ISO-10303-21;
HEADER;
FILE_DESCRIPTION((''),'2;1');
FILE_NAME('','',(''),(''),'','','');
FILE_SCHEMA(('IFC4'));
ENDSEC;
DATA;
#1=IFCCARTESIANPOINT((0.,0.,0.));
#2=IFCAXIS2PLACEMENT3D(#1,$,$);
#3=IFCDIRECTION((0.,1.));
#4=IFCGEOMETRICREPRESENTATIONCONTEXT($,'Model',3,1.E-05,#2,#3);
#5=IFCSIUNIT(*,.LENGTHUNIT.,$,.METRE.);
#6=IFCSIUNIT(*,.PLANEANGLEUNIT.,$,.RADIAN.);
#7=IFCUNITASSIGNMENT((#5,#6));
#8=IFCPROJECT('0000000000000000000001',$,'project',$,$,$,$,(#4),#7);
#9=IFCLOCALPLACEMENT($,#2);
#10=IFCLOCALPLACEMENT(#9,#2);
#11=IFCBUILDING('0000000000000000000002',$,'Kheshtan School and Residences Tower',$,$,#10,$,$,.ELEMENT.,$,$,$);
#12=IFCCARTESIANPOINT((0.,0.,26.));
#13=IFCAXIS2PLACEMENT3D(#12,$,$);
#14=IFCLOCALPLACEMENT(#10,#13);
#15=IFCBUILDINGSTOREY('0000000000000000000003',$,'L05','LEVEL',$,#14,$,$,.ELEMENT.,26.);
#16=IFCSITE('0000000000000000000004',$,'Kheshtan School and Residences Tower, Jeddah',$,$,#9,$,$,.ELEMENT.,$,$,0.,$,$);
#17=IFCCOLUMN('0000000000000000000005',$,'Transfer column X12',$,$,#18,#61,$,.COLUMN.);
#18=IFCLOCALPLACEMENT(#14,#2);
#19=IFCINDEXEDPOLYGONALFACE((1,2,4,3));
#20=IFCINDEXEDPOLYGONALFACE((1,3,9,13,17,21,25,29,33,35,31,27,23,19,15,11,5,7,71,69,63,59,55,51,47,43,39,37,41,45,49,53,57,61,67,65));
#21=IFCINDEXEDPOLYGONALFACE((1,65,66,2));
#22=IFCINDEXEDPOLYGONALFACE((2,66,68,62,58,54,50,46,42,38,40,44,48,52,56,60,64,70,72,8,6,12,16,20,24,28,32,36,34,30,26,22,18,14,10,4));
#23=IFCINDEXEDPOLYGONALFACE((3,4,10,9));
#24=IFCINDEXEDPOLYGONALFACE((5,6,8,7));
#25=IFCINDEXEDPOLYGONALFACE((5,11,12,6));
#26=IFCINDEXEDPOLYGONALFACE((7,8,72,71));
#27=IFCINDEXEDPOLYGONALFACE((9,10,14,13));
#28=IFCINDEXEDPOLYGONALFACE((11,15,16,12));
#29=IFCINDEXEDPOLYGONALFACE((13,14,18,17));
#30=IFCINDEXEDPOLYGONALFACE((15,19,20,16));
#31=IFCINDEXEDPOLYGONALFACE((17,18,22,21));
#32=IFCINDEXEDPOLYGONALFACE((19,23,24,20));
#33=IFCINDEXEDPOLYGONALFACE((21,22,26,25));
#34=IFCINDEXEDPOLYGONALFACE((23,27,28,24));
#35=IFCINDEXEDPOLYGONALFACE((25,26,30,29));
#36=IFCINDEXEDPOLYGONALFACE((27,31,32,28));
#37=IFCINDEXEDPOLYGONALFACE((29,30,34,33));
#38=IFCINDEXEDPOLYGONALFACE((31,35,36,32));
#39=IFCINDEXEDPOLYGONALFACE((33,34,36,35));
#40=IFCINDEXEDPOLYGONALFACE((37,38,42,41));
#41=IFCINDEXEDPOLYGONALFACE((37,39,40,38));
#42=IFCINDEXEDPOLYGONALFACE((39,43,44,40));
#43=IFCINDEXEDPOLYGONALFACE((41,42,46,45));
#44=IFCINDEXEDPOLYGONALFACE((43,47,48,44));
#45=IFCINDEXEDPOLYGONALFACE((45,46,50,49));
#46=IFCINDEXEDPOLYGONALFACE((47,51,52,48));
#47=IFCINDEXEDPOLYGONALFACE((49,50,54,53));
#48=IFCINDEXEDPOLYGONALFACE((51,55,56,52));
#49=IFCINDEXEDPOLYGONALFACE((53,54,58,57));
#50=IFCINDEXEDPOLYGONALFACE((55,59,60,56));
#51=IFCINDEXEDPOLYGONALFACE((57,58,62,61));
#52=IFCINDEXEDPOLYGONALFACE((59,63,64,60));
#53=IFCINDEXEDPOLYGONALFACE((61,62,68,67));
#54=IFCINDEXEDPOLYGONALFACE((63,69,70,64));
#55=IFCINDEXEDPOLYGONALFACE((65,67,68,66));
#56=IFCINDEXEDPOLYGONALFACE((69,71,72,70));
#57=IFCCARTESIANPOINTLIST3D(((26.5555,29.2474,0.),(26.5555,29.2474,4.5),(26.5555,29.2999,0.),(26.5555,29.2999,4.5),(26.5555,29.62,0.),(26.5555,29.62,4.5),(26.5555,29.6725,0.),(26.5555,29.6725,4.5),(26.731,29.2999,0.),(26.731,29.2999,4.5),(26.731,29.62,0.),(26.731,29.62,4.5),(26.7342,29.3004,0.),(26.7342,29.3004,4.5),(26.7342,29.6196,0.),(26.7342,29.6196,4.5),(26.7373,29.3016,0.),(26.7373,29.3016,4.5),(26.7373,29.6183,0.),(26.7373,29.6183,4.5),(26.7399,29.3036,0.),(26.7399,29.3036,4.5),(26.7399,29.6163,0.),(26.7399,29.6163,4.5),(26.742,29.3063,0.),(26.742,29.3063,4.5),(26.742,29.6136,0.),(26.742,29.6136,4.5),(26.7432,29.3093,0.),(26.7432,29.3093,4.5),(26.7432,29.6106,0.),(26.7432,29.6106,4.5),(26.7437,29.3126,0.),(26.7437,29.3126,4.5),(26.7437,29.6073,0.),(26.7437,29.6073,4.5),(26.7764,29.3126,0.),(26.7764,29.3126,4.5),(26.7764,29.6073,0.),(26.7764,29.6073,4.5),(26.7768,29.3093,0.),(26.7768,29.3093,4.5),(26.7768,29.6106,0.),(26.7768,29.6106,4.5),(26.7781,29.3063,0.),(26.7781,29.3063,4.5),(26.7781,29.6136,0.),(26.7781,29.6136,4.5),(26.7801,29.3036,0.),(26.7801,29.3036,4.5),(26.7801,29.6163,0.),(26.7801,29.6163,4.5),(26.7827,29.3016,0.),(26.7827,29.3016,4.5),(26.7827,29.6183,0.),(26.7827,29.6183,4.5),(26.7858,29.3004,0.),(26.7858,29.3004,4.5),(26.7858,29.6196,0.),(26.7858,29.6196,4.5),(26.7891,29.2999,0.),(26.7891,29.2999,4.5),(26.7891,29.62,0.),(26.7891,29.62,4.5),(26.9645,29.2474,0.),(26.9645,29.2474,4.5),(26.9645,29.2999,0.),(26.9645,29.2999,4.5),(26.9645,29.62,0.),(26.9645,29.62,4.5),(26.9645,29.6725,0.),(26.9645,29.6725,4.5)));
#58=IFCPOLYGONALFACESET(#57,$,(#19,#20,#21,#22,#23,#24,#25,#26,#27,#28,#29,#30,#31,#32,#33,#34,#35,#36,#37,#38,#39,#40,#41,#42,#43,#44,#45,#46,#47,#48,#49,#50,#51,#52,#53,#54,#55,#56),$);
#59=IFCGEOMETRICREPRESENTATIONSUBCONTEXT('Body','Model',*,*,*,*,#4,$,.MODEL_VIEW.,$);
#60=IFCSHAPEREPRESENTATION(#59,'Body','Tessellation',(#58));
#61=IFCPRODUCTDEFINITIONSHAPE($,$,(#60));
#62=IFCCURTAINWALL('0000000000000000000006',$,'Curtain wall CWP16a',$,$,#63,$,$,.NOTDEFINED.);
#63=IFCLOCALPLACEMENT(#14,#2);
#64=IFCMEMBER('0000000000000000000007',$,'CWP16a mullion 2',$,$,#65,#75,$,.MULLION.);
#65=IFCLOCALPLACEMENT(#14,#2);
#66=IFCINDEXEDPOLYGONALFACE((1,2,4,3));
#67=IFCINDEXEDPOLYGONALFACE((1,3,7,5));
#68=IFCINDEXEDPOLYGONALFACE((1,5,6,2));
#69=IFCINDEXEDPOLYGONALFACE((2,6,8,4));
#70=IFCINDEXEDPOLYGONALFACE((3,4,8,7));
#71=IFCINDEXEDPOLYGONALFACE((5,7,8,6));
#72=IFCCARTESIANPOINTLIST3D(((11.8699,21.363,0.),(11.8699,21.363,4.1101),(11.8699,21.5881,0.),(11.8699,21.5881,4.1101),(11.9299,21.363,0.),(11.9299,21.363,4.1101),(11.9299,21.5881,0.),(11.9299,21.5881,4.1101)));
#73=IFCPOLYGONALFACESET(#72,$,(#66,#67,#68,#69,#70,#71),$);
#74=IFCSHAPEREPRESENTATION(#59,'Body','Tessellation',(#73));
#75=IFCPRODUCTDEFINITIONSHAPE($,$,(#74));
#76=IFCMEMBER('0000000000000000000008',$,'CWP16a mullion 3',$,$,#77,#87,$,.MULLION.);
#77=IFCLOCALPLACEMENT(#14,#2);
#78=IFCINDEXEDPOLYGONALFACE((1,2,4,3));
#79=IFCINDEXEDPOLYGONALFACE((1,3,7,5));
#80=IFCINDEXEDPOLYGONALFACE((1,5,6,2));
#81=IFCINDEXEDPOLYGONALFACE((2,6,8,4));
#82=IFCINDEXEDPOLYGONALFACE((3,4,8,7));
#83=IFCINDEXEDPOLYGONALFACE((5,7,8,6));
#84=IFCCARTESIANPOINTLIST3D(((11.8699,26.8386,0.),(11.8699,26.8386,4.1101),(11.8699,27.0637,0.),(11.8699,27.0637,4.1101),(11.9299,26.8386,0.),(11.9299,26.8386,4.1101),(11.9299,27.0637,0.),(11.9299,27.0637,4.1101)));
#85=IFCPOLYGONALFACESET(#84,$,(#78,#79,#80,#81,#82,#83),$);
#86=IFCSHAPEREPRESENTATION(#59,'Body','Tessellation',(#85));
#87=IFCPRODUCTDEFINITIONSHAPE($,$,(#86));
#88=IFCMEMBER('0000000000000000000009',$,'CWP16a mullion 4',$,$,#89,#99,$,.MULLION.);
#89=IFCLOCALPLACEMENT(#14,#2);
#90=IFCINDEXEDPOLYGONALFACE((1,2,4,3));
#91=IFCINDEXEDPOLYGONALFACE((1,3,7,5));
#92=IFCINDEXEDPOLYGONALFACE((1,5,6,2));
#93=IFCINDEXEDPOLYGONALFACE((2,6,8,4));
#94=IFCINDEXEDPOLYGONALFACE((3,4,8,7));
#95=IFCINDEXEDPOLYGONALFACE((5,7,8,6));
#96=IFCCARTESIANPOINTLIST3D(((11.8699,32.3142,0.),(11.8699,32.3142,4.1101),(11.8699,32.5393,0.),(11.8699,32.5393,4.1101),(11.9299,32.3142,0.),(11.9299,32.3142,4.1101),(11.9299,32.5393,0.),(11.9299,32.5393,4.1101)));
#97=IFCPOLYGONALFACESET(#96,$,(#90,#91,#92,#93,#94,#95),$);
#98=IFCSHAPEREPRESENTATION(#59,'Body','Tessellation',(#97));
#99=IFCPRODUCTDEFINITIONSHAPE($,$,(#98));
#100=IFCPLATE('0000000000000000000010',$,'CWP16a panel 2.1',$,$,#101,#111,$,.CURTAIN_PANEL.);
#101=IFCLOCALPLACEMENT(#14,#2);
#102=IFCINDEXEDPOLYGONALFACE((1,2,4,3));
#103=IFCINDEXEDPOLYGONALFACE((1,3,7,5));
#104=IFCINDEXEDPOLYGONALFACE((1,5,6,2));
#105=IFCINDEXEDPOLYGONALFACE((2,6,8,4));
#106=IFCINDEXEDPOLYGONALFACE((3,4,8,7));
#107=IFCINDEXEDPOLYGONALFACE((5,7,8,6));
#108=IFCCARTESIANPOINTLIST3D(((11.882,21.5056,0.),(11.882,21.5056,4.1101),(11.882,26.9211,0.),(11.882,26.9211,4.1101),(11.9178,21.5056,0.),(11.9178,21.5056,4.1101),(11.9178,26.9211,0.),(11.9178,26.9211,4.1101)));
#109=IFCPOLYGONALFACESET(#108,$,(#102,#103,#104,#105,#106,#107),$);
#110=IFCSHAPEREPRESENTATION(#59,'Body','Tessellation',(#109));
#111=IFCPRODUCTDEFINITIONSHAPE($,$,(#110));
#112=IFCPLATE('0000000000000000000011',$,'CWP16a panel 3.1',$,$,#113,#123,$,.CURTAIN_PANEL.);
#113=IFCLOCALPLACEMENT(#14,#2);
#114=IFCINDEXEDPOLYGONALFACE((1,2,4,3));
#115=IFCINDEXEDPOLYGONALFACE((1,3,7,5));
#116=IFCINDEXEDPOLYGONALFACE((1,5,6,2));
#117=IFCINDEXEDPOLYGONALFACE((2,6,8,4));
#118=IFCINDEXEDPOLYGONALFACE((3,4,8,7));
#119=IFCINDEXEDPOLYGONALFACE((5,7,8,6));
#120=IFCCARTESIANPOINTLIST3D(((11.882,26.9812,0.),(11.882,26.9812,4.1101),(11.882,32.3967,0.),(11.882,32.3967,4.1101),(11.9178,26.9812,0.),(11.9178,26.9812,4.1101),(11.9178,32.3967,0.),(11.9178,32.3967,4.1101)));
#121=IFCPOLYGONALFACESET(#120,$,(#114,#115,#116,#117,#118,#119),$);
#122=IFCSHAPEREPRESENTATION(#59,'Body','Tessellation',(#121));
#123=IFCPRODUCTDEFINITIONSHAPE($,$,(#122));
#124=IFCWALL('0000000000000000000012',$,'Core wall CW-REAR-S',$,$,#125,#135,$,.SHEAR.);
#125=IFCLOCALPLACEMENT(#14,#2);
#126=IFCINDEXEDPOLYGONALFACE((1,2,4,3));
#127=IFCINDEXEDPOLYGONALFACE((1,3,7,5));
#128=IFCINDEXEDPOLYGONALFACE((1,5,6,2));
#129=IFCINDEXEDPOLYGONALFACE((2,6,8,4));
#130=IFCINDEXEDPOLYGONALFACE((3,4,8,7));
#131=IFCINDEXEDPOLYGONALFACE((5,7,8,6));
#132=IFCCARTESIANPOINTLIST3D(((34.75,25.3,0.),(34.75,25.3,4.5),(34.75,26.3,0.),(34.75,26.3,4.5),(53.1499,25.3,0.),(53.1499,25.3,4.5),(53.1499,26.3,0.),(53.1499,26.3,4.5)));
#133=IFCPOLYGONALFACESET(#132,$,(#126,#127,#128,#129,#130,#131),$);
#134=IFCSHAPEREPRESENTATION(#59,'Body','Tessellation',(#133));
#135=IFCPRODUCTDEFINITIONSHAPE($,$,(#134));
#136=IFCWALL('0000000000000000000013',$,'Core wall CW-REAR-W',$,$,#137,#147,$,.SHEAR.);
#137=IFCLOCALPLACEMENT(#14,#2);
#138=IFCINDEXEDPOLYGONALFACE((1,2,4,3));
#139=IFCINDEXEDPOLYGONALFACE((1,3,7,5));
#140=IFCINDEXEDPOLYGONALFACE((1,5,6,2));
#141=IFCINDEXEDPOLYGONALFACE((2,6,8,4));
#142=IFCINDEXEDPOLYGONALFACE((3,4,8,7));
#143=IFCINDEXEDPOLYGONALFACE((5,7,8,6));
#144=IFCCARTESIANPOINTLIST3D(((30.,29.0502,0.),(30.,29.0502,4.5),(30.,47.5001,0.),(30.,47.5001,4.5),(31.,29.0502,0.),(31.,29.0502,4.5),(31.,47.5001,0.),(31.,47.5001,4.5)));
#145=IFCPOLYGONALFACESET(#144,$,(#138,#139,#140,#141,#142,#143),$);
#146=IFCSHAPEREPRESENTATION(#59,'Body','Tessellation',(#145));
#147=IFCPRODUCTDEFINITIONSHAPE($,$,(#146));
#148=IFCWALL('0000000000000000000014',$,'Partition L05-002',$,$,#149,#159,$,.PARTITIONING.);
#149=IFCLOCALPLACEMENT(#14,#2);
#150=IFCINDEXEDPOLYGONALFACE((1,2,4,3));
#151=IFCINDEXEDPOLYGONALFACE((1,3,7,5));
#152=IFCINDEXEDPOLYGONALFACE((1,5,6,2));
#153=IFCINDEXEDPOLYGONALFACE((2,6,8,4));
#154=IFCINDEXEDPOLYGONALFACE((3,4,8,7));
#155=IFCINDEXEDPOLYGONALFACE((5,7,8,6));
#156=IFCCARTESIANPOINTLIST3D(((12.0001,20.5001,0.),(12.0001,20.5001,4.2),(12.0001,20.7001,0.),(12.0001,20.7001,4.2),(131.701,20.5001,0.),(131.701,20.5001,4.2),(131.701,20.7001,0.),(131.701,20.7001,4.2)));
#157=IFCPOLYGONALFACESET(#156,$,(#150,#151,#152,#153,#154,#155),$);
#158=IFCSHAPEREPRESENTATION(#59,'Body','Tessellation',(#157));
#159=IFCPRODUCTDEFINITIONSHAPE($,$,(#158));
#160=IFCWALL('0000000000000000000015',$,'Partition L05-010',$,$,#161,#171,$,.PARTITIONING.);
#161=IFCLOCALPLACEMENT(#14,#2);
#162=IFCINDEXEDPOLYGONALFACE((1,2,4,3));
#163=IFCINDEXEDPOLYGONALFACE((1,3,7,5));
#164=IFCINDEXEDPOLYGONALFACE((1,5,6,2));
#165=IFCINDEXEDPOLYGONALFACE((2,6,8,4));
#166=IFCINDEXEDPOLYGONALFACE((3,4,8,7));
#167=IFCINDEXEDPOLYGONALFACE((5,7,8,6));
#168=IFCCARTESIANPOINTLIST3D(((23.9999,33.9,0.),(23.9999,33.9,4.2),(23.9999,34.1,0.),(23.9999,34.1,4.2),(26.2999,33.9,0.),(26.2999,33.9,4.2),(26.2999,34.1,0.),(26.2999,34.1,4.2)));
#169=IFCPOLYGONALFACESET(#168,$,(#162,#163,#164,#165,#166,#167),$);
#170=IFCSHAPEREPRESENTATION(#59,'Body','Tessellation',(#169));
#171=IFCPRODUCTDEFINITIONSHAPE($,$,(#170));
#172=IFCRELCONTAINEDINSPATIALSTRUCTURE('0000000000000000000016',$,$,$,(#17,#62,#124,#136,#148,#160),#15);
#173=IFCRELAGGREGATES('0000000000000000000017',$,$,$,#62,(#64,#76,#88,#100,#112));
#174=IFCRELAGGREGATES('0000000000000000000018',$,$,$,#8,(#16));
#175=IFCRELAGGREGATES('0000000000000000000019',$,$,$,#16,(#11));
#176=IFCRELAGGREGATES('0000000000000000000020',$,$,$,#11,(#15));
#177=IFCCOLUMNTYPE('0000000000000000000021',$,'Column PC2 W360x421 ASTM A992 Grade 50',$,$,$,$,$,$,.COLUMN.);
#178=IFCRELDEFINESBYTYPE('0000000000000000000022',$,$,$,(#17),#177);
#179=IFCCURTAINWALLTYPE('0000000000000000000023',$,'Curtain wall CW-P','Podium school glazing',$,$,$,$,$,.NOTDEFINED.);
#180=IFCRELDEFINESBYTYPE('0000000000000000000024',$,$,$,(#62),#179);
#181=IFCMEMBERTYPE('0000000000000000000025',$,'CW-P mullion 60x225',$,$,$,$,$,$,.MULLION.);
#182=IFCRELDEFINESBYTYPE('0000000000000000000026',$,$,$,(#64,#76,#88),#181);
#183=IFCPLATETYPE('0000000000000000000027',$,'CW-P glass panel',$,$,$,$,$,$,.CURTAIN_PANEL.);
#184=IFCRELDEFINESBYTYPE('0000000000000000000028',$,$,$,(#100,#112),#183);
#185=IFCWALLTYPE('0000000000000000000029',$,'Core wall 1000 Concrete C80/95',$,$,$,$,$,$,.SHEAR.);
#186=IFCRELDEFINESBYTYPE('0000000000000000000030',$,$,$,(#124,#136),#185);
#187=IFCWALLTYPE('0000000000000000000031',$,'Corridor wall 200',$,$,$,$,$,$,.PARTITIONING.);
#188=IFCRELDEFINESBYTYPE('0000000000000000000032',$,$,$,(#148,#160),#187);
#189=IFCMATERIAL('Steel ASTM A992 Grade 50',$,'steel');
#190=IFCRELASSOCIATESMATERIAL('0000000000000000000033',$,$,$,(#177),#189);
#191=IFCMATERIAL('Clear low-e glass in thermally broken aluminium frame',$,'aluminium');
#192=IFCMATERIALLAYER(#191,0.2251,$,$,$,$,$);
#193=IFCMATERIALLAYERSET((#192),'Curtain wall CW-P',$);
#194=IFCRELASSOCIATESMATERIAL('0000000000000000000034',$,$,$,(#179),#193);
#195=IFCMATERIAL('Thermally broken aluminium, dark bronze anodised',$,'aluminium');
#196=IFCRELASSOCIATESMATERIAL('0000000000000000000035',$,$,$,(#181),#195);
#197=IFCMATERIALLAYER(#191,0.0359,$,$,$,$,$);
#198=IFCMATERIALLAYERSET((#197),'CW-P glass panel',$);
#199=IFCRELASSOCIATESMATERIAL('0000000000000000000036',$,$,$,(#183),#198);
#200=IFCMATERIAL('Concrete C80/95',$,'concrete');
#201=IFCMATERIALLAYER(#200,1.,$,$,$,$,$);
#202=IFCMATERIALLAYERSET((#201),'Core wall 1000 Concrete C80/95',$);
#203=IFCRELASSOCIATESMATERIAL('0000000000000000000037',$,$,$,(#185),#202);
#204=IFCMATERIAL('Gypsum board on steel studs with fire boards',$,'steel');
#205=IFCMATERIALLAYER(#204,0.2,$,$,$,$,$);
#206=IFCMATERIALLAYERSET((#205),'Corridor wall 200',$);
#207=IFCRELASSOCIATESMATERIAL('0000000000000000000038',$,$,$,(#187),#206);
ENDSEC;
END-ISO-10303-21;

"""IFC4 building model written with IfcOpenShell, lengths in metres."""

from ifc_helpers import new_model, si_unit, direction, frame, frame_2d, origin, origin_2d, place, context, subcontext, project, spatial, rectangle, i_section, extrude, material, layer, layer_set, material_profile, profile_set, type_object, element, aggregate, save


model = new_model("IFC4")

# Units and contexts
model_context = context("Model", 3, precision=1e-05, world=origin(), true_north=direction((0.0, 1.0)))
body_context = subcontext(model_context, "Body", "Model", "MODEL_VIEW")
ifc_project = project(units=[si_unit("LENGTHUNIT", "METRE"), si_unit("PLANEANGLEUNIT", "RADIAN")], contexts=[model_context])

# Site, building, storey
site_placement = place(None, origin())
site = spatial("IfcSite", under=ifc_project, at=site_placement, Name="Kheshtan School and Residences Tower, Jeddah", CompositionType="ELEMENT", RefElevation=0.0)
building_placement = place(site_placement, origin())
building = spatial("IfcBuilding", under=site, at=building_placement, Name="Kheshtan School and Residences Tower", CompositionType="ELEMENT")
storey_placement = place(building_placement, frame((0.0, 0.0, 26.0)))
storey = spatial("IfcBuildingStorey", under=building, at=storey_placement, Name="L05", Description="LEVEL", CompositionType="ELEMENT", Elevation=26.0)

# Column
ifc_material_1 = material(Name="Steel ASTM A992 Grade 50", Category="steel")
ifc_material_profile_1 = material_profile(ifc_material_1, i_section(OverallWidth=0.4089, OverallDepth=0.425, WebThickness=0.0327, FlangeThickness=0.0525, FilletRadius=0.0127, at=origin_2d()), Name="W360x421")
ifc_profile_set_1 = profile_set([ifc_material_profile_1], Name="Steel ASTM A992 Grade 50")
column_type = type_object("IfcColumnType", Name="Column PC2 W360x421 ASTM A992 Grade 50", PredefinedType="COLUMN", material=ifc_profile_set_1)
for number, where, z_axis, x_axis, name in (
    (1, (26.76, 29.46, 0.0), (0.0, 0.0, 1.0), (1.0, 0.0, 0.0), "Transfer column X12"),
):
    element("IfcColumn", number, at=place(storey_placement, frame(where, z_axis=z_axis, x_axis=x_axis)), inside=storey, type_object=column_type, Name=name, PredefinedType="COLUMN", context=body_context, shape_type="SweptSolid", body=[
        extrude(i_section(OverallWidth=0.4089, OverallDepth=0.425, WebThickness=0.0327, FlangeThickness=0.0525, FilletRadius=0.0127, at=origin_2d()), origin(), (0.0, 0.0, 1.0), 4.5),
    ])

# Curtain wall, members, plates
ifc_material_2 = material(Name="Clear low-e glass in thermally broken aluminium frame", Category="aluminium")
ifc_layer_1 = layer(ifc_material_2, 0.2251)
ifc_layer_set_1 = layer_set([ifc_layer_1], Name="Curtain wall CW-P")
curtain_wall_type = type_object("IfcCurtainWallType", Name="Curtain wall CW-P", Description="Podium school glazing", PredefinedType="NOTDEFINED", material=ifc_layer_set_1)
curtain_wall_placement = place(storey_placement, origin())
curtain_wall = element("IfcCurtainWall", 2, at=curtain_wall_placement, inside=storey, type_object=curtain_wall_type, Name="Curtain wall CWP16a", PredefinedType="NOTDEFINED")
ifc_material_3 = material(Name="Thermally broken aluminium, dark bronze anodised", Category="aluminium")
ifc_material_profile_2 = material_profile(ifc_material_3, rectangle(XDim=0.0601, YDim=0.2251, at=origin_2d()), Name="CW-P mullion 60x225")
ifc_profile_set_2 = profile_set([ifc_material_profile_2], Name="Thermally broken aluminium, dark bronze anodised")
member_type = type_object("IfcMemberType", Name="CW-P mullion 60x225", PredefinedType="MULLION", material=ifc_profile_set_2)
member_1_placement = place(storey_placement, frame((11.8999, 21.4756, 0.0), z_axis=(0.0, 0.0, 1.0), x_axis=(-1.0, 0.0, 0.0)))
member_1 = element("IfcMember", 3, at=member_1_placement, type_object=member_type, Name="CWP16a mullion 2", PredefinedType="MULLION", context=body_context, shape_type="SweptSolid", body=[
    extrude(rectangle(XDim=0.0601, YDim=0.2251, at=origin_2d()), origin(), (0.0, 0.0, 1.0), 4.1101),
])
member_2_placement = place(storey_placement, frame((11.8999, 26.9512, 0.0), z_axis=(0.0, 0.0, 1.0), x_axis=(-1.0, 0.0, 0.0)))
member_2 = element("IfcMember", 4, at=member_2_placement, type_object=member_type, Name="CWP16a mullion 3", PredefinedType="MULLION", context=body_context, shape_type="SweptSolid", body=[
    extrude(rectangle(XDim=0.0601, YDim=0.2251, at=origin_2d()), origin(), (0.0, 0.0, 1.0), 4.1101),
])
member_3_placement = place(storey_placement, frame((11.8999, 32.4268, 0.0), z_axis=(0.0, 0.0, 1.0), x_axis=(-1.0, 0.0, 0.0)))
member_3 = element("IfcMember", 5, at=member_3_placement, type_object=member_type, Name="CWP16a mullion 4", PredefinedType="MULLION", context=body_context, shape_type="SweptSolid", body=[
    extrude(rectangle(XDim=0.0601, YDim=0.2251, at=origin_2d()), origin(), (0.0, 0.0, 1.0), 4.1101),
])
ifc_layer_2 = layer(ifc_material_2, 0.0359)
ifc_layer_set_2 = layer_set([ifc_layer_2], Name="CW-P glass panel")
plate_type = type_object("IfcPlateType", Name="CW-P glass panel", PredefinedType="CURTAIN_PANEL", material=ifc_layer_set_2)
plate_1_placement = place(storey_placement, frame((11.8999, 24.2134, 0.0), z_axis=(0.0, 0.0, 1.0), x_axis=(0.0, 1.0, 0.0)))
plate_1 = element("IfcPlate", 6, at=plate_1_placement, type_object=plate_type, Name="CWP16a panel 2.1", PredefinedType="CURTAIN_PANEL", context=body_context, shape_type="SweptSolid", body=[
    extrude(rectangle(XDim=5.4155, YDim=0.0359, at=origin_2d()), origin(), (0.0, 0.0, 1.0), 4.1101),
])
plate_2_placement = place(storey_placement, frame((11.8999, 29.689, 0.0), z_axis=(0.0, 0.0, 1.0), x_axis=(0.0, 1.0, 0.0)))
plate_2 = element("IfcPlate", 7, at=plate_2_placement, type_object=plate_type, Name="CWP16a panel 3.1", PredefinedType="CURTAIN_PANEL", context=body_context, shape_type="SweptSolid", body=[
    extrude(rectangle(XDim=5.4155, YDim=0.0359, at=origin_2d()), origin(), (0.0, 0.0, 1.0), 4.1101),
])
aggregate(curtain_wall, [member_1, member_2, member_3, plate_1, plate_2])

# Walls
ifc_material_4 = material(Name="Concrete C80/95", Category="concrete")
ifc_layer_3 = layer(ifc_material_4, 1.0)
ifc_layer_set_3 = layer_set([ifc_layer_3], Name="Core wall 1000 Concrete C80/95")
wall_type_1 = type_object("IfcWallType", Name="Core wall 1000 Concrete C80/95", PredefinedType="SHEAR", material=ifc_layer_set_3)
wall_1_placement = place(storey_placement, frame((34.75, 25.8, 0.0), z_axis=(0.0, 0.0, 1.0), x_axis=(1.0, 0.0, 0.0)))
element("IfcWall", 8, at=wall_1_placement, inside=storey, type_object=wall_type_1, Name="Core wall CW-REAR-S", PredefinedType="SHEAR", context=body_context, shape_type="SweptSolid", body=[
    extrude(rectangle(XDim=18.3999, YDim=1.0, at=frame_2d((9.2, 0.0))), origin(), (0.0, 0.0, 1.0), 4.5),
])
wall_2_placement = place(storey_placement, frame((30.5, 29.05, 0.0), z_axis=(0.0, 0.0, 1.0), x_axis=(0.0, 1.0, 0.0)))
element("IfcWall", 9, at=wall_2_placement, inside=storey, type_object=wall_type_1, Name="Core wall CW-REAR-W", PredefinedType="SHEAR", context=body_context, shape_type="SweptSolid", body=[
    extrude(rectangle(XDim=18.45, YDim=1.0, at=frame_2d((9.2251, 0.0))), origin(), (0.0, 0.0, 1.0), 4.5),
])
ifc_material_5 = material(Name="Gypsum board on steel studs with fire boards", Category="steel")
ifc_layer_4 = layer(ifc_material_5, 0.2)
ifc_layer_set_4 = layer_set([ifc_layer_4], Name="Corridor wall 200")
wall_type_2 = type_object("IfcWallType", Name="Corridor wall 200", PredefinedType="PARTITIONING", material=ifc_layer_set_4)
wall_3_placement = place(storey_placement, frame((12.0, 20.6001, 0.0), z_axis=(0.0, 0.0, 1.0), x_axis=(1.0, 0.0, 0.0)))
element("IfcWall", 10, at=wall_3_placement, inside=storey, type_object=wall_type_2, Name="Partition L05-002", PredefinedType="PARTITIONING", context=body_context, shape_type="SweptSolid", body=[
    extrude(rectangle(XDim=119.7009, YDim=0.2, at=frame_2d((59.8506, 0.0))), origin(), (0.0, 0.0, 1.0), 4.2),
])
wall_4_placement = place(storey_placement, frame((24.0, 34.0, 0.0), z_axis=(0.0, 0.0, 1.0), x_axis=(1.0, 0.0, 0.0)))
element("IfcWall", 11, at=wall_4_placement, inside=storey, type_object=wall_type_2, Name="Partition L05-010", PredefinedType="PARTITIONING", context=body_context, shape_type="SweptSolid", body=[
    extrude(rectangle(XDim=2.3, YDim=0.2, at=frame_2d((1.1499, 0.0))), origin(), (0.0, 0.0, 1.0), 4.2),
])

save(model, "model.ifc")
